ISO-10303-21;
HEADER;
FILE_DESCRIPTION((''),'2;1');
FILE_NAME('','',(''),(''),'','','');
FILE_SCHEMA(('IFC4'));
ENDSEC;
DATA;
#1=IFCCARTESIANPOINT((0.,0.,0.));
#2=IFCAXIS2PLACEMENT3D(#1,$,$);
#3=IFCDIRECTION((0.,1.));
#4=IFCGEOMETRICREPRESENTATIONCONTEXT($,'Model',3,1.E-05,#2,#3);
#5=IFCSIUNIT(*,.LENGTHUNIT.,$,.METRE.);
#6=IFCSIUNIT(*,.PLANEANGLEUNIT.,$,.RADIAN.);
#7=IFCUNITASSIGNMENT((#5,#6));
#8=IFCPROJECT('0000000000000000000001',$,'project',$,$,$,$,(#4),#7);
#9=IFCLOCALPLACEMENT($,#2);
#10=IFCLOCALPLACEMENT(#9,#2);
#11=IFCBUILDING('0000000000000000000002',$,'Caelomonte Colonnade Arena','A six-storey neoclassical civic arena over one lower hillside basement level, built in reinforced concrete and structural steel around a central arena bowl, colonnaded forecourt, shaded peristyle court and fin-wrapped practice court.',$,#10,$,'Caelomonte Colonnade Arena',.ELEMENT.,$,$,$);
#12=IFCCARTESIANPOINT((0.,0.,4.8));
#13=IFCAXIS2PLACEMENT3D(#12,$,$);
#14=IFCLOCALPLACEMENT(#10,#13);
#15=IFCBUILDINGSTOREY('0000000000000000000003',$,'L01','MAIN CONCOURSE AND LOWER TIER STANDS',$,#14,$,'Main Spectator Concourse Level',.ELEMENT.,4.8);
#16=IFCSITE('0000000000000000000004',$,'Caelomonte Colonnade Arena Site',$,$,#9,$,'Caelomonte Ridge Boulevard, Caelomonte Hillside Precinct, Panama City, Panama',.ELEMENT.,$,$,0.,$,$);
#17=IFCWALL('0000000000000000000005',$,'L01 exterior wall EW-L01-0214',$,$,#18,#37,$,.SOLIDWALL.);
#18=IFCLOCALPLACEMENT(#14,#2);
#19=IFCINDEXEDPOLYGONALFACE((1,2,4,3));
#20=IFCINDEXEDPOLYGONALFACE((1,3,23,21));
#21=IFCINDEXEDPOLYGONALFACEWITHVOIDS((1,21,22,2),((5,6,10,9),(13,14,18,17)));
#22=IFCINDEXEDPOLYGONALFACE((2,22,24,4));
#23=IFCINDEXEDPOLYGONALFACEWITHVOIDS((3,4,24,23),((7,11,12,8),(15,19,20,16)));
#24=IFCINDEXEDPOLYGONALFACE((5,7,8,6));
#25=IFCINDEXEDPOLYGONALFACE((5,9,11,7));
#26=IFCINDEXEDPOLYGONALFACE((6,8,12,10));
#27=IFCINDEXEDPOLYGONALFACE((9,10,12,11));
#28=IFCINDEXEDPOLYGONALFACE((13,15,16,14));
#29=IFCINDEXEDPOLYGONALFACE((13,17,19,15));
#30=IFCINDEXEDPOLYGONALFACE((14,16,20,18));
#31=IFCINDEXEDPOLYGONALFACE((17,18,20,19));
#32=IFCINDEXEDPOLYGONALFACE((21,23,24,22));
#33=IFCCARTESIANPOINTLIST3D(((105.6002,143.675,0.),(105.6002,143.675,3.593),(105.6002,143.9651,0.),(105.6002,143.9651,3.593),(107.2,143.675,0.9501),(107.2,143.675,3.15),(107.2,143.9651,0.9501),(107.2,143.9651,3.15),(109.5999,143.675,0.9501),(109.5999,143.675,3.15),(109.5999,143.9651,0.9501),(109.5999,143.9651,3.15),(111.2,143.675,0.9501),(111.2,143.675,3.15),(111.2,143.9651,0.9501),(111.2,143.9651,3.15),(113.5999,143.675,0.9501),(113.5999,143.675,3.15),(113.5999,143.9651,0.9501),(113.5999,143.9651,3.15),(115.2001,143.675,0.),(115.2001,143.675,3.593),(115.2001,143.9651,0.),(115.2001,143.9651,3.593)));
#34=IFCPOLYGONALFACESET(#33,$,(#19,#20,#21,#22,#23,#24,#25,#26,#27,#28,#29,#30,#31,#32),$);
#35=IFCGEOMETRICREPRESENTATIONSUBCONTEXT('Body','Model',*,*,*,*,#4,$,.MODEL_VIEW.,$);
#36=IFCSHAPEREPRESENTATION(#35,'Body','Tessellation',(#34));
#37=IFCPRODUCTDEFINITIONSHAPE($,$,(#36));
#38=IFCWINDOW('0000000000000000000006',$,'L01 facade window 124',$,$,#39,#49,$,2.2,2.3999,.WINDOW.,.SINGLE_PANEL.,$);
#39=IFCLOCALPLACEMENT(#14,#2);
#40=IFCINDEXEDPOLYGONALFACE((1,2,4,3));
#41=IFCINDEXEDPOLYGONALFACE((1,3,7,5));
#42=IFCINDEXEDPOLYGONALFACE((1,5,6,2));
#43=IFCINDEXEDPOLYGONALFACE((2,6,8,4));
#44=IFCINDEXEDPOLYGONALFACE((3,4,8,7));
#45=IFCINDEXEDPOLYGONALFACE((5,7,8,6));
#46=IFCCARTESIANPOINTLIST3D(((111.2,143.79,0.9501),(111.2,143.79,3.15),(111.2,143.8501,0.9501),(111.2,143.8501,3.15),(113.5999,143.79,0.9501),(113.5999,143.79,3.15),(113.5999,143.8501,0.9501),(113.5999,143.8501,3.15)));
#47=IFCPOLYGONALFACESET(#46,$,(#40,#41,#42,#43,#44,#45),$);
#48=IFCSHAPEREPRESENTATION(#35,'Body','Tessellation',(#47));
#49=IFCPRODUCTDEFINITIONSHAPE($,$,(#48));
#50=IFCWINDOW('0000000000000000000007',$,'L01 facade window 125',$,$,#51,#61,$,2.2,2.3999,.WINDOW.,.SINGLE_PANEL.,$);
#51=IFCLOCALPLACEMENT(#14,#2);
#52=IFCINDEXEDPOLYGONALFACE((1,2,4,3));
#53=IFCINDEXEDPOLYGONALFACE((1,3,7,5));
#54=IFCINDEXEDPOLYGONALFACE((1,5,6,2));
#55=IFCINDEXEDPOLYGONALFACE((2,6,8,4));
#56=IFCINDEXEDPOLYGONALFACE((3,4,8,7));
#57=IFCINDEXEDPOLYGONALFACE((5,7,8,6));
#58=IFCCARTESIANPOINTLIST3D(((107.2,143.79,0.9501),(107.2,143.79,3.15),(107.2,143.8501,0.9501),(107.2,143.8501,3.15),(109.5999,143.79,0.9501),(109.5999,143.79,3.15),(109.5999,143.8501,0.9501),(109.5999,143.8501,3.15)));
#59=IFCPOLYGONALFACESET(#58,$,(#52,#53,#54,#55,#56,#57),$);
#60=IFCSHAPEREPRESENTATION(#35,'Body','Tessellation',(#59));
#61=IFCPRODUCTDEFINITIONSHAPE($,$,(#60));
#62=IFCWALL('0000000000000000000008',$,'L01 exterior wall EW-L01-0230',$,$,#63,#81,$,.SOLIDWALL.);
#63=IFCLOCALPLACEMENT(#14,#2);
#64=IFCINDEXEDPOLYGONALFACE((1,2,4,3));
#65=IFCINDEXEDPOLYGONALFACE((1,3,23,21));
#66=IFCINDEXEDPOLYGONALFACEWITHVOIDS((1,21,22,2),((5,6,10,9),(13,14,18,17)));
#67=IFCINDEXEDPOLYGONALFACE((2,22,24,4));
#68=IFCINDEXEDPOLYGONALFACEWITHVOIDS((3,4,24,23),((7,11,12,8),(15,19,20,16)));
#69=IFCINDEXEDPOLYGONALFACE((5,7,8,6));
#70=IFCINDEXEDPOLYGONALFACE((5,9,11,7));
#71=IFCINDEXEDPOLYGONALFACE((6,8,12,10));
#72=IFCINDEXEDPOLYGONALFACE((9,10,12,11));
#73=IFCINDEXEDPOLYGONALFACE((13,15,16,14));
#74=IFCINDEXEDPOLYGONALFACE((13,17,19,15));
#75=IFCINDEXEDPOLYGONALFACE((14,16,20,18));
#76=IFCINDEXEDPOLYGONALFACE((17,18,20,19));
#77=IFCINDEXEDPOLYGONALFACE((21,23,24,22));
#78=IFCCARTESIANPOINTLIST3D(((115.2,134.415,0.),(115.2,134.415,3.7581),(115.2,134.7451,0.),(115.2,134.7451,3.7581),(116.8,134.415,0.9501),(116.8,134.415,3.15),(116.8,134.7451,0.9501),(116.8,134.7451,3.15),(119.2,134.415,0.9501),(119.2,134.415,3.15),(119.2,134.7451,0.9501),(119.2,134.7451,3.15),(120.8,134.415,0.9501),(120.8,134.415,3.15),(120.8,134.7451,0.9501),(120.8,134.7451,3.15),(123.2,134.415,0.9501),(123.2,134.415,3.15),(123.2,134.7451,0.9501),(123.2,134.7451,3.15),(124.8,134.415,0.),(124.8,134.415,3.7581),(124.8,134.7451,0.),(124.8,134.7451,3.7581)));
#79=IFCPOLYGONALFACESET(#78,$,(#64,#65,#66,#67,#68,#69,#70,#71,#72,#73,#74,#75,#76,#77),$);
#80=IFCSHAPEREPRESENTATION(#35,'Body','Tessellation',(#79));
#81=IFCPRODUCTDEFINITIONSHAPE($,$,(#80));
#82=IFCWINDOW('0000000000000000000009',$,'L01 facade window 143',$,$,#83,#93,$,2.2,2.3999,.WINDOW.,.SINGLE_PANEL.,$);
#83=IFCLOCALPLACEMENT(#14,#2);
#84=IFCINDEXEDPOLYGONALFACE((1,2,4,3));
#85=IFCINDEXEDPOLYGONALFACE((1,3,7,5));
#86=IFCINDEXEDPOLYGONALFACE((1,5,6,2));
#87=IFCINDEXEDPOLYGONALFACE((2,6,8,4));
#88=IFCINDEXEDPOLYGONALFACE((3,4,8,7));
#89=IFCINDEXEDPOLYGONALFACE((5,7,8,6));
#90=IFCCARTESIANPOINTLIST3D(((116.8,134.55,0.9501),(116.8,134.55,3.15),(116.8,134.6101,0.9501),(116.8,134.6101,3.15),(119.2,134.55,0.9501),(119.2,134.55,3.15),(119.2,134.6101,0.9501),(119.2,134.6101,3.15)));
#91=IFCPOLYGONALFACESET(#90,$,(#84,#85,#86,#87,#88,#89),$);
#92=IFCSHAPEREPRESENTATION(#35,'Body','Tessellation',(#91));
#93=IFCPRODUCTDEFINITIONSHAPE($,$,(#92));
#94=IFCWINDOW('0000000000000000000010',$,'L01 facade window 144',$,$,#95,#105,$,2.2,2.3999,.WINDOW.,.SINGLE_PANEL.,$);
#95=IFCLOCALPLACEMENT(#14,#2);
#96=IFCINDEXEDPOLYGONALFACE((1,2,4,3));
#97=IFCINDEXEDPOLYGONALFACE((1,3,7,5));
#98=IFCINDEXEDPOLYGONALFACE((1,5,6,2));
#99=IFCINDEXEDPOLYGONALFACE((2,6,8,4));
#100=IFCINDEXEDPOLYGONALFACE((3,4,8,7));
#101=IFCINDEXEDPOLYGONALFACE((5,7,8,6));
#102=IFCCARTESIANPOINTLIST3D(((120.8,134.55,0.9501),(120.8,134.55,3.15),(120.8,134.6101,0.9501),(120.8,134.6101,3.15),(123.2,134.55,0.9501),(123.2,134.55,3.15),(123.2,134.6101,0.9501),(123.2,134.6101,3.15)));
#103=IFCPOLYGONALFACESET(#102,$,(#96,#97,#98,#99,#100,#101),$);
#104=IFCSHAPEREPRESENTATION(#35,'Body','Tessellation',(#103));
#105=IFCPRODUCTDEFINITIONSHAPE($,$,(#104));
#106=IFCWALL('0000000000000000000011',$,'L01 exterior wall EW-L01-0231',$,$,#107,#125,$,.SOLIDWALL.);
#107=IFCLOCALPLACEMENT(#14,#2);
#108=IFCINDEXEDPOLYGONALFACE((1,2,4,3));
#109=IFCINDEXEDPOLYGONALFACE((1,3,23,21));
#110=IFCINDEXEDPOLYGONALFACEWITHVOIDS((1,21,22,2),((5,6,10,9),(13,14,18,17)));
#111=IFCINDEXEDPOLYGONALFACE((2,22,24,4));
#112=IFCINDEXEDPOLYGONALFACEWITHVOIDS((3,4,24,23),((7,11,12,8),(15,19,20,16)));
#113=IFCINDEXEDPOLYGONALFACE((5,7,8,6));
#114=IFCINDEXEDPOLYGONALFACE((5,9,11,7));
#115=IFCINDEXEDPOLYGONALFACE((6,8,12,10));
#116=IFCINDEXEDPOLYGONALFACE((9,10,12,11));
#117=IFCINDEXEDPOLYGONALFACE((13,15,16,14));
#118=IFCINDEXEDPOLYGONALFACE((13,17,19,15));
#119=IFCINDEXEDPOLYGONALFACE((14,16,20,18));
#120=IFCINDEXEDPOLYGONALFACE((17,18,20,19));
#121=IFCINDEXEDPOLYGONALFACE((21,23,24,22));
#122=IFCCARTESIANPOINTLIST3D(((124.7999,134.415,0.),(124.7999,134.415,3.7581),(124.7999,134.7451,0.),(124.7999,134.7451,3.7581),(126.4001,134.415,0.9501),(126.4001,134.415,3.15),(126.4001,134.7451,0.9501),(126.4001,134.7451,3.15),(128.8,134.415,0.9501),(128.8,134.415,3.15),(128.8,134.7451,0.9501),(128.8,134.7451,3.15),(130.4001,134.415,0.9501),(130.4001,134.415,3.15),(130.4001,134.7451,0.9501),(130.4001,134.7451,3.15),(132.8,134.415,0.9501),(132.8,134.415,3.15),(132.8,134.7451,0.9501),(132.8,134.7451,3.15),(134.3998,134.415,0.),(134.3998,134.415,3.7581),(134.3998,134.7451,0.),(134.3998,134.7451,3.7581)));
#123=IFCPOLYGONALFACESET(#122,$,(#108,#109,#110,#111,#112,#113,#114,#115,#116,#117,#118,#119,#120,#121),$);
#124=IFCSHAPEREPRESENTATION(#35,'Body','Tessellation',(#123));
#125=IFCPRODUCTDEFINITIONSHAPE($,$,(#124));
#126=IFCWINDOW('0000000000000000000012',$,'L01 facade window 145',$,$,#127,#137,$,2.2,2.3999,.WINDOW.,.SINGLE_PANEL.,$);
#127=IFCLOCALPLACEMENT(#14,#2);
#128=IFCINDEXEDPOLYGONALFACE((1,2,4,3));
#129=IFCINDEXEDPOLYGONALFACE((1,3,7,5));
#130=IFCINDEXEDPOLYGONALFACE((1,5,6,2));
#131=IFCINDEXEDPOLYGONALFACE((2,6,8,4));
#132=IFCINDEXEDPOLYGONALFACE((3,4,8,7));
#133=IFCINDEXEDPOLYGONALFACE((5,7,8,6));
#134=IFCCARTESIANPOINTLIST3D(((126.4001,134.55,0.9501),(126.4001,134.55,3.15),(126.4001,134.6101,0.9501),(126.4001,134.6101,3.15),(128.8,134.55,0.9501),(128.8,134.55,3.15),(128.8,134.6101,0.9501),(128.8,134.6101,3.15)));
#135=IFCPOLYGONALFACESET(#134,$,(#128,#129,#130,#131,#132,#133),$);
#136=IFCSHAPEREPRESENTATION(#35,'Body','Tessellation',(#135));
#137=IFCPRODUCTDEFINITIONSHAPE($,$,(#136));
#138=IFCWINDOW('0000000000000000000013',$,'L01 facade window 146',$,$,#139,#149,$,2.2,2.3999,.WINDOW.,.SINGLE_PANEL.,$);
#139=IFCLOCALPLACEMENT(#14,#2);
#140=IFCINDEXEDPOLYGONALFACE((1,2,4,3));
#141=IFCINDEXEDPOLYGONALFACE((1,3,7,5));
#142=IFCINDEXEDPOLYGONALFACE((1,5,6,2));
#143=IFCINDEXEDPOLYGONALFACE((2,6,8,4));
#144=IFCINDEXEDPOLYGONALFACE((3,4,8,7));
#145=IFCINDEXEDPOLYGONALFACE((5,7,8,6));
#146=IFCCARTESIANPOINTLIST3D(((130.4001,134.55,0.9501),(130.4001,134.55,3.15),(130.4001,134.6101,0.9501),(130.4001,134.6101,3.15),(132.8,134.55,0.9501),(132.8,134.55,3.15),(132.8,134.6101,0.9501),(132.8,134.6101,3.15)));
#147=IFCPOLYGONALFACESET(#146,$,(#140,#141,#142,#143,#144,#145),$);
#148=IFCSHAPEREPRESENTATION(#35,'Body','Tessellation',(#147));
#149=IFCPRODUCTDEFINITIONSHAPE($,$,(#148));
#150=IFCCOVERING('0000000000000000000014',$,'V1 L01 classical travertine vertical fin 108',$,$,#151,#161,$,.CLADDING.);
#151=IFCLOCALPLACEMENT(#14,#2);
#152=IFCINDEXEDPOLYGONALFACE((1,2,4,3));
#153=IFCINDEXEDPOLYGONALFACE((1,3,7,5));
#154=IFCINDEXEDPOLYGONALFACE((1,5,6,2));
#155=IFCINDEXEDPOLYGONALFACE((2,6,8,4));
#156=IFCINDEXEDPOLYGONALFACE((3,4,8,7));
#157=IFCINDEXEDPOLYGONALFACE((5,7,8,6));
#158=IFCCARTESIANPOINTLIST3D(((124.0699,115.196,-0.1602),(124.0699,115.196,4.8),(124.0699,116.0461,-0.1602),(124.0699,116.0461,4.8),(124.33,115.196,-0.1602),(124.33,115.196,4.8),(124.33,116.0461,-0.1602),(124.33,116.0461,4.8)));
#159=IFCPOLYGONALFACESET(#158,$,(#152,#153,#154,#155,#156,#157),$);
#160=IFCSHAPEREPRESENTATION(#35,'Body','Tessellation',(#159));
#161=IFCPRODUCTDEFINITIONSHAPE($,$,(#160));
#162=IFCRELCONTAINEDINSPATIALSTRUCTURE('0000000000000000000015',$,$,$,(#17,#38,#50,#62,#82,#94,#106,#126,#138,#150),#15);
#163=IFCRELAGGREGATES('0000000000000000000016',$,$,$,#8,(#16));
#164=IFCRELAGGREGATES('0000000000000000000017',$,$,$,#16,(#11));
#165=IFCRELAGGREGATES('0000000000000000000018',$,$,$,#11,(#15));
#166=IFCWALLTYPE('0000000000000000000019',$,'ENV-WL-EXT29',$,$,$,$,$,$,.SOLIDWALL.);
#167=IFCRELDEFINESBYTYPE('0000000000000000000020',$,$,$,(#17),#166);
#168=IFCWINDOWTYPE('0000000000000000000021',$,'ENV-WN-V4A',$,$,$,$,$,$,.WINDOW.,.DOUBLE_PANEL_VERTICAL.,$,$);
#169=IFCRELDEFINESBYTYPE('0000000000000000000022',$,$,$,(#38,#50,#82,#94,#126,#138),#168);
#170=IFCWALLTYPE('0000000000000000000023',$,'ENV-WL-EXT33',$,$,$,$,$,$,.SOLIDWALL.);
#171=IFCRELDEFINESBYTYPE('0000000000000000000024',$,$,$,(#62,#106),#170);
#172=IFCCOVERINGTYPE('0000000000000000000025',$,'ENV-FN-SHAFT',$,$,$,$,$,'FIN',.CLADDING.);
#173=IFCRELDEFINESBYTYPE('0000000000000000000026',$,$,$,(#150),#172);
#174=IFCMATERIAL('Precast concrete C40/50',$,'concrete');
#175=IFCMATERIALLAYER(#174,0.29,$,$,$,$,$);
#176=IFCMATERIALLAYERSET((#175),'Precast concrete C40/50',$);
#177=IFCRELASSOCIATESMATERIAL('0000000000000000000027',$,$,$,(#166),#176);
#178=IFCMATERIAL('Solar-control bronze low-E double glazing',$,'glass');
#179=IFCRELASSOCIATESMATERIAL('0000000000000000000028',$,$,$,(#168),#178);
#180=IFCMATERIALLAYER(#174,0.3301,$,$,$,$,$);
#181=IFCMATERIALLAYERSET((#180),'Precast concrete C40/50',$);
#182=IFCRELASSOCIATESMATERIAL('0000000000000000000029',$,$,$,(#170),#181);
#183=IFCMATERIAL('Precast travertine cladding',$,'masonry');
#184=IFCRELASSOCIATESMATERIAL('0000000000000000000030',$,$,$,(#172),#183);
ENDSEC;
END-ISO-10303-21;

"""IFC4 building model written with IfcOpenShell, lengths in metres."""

from ifc_helpers import new_model, si_unit, direction, frame, frame_2d, origin, origin_2d, place, context, subcontext, project, spatial, rectangle, extrude, material, layer, layer_set, material_profile, profile_set, type_object, element, fill, save


model = new_model("IFC4")

# Units and contexts
model_context = context("Model", 3, precision=1e-05, world=origin(), true_north=direction((0.0, 1.0)))
body_context = subcontext(model_context, "Body", "Model", "MODEL_VIEW")
ifc_project = project(units=[si_unit("LENGTHUNIT", "METRE"), si_unit("PLANEANGLEUNIT", "RADIAN")], contexts=[model_context])

# Site, building, storey
site_placement = place(None, origin())
site = spatial("IfcSite", under=ifc_project, at=site_placement, Name="Caelomonte Colonnade Arena Site", LongName="Caelomonte Ridge Boulevard, Caelomonte Hillside Precinct, Panama City, Panama", CompositionType="ELEMENT", RefElevation=0.0)
building_placement = place(site_placement, origin())
building = spatial("IfcBuilding", under=site, at=building_placement, Name="Caelomonte Colonnade Arena", Description="A six-storey neoclassical civic arena over one lower hillside basement level, built in reinforced concrete and structural steel around a central arena bowl, colonnaded forecourt, shaded peristyle court and fin-wrapped practice court.", LongName="Caelomonte Colonnade Arena", CompositionType="ELEMENT")
storey_placement = place(building_placement, frame((0.0, 0.0, 4.8)))
storey = spatial("IfcBuildingStorey", under=building, at=storey_placement, Name="L01", Description="MAIN CONCOURSE AND LOWER TIER STANDS", LongName="Main Spectator Concourse Level", CompositionType="ELEMENT", Elevation=4.8)

# Walls, openings, windows
ifc_material_1 = material(Name="Precast concrete C40/50", Category="concrete")
ifc_layer_1 = layer(ifc_material_1, 0.29)
ifc_layer_set_1 = layer_set([ifc_layer_1], Name="Precast concrete C40/50")
wall_type_1 = type_object("IfcWallType", Name="ENV-WL-EXT29", PredefinedType="SOLIDWALL", material=ifc_layer_set_1)
ifc_material_2 = material(Name="Solar-control bronze low-E double glazing", Category="glass")
window_type = type_object("IfcWindowType", Name="ENV-WN-V4A", PartitioningType="DOUBLE_PANEL_VERTICAL", PredefinedType="WINDOW", material=ifc_material_2)
wall_1_placement = place(storey_placement, frame((115.2, 143.8201, 0.0), z_axis=(0.0, 0.0, 1.0), x_axis=(-1.0, 0.0, 0.0)))
wall_1 = element("IfcWall", 1, at=wall_1_placement, inside=storey, type_object=wall_type_1, Name="L01 exterior wall EW-L01-0214", PredefinedType="SOLIDWALL", context=body_context, shape_type="SweptSolid", body=[
    extrude(rectangle(XDim=9.5999, YDim=0.29, at=frame_2d((4.7998, 0.0))), origin(), (0.0, 0.0, 1.0), 3.593),
])
opening_1_placement = place(wall_1_placement, frame((4.0, 0.0, 0.95), z_axis=(0.0, 0.0, 1.0), x_axis=(-1.0, 0.0, 0.0)))
opening_1 = element("IfcOpeningElement", 2, at=opening_1_placement, cuts=wall_1, PredefinedType="OPENING", context=body_context, shape_type="SweptSolid", body=[
    extrude(rectangle(XDim=2.3999, YDim=2.2, at=frame_2d((1.2, 1.1001))), frame((0.0, 0.155, 0.0), z_axis=(0.0, -1.0, 0.0), x_axis=(1.0, 0.0, 0.0)), (0.0, 0.0, 1.0), 0.3101),
])
opening_2_placement = place(wall_1_placement, frame((8.0, 0.0, 0.95), z_axis=(0.0, 0.0, 1.0), x_axis=(-1.0, 0.0, 0.0)))
opening_2 = element("IfcOpeningElement", 3, at=opening_2_placement, cuts=wall_1, PredefinedType="OPENING", context=body_context, shape_type="SweptSolid", body=[
    extrude(rectangle(XDim=2.3999, YDim=2.2, at=frame_2d((1.2, 1.1001))), frame((0.0, 0.155, 0.0), z_axis=(0.0, -1.0, 0.0), x_axis=(1.0, 0.0, 0.0)), (0.0, 0.0, 1.0), 0.3101),
])
window_1_placement = place(opening_1_placement, origin())
window_1 = element("IfcWindow", 4, at=window_1_placement, inside=storey, type_object=window_type, Name="L01 facade window 124", OverallHeight=2.2, OverallWidth=2.3999, PartitioningType="SINGLE_PANEL", PredefinedType="WINDOW", context=body_context, shape_type="SweptSolid", body=[
    extrude(rectangle(XDim=2.3999, YDim=2.2, at=frame_2d((1.2, 1.1001))), frame((0.0, 0.03, 0.0), z_axis=(0.0, -1.0, 0.0), x_axis=(1.0, 0.0, 0.0)), (0.0, 0.0, 1.0), 0.0601),
])
fill(opening_1, window_1)
window_2_placement = place(opening_2_placement, origin())
window_2 = element("IfcWindow", 5, at=window_2_placement, inside=storey, type_object=window_type, Name="L01 facade window 125", OverallHeight=2.2, OverallWidth=2.3999, PartitioningType="SINGLE_PANEL", PredefinedType="WINDOW", context=body_context, shape_type="SweptSolid", body=[
    extrude(rectangle(XDim=2.3999, YDim=2.2, at=frame_2d((1.2, 1.1001))), frame((0.0, 0.03, 0.0), z_axis=(0.0, -1.0, 0.0), x_axis=(1.0, 0.0, 0.0)), (0.0, 0.0, 1.0), 0.0601),
])
fill(opening_2, window_2)
ifc_layer_2 = layer(ifc_material_1, 0.3301)
ifc_layer_set_2 = layer_set([ifc_layer_2], Name="Precast concrete C40/50")
wall_type_2 = type_object("IfcWallType", Name="ENV-WL-EXT33", PredefinedType="SOLIDWALL", material=ifc_layer_set_2)
wall_2_placement = place(storey_placement, frame((115.2, 134.5801, 0.0), z_axis=(0.0, 0.0, 1.0), x_axis=(1.0, 0.0, 0.0)))
wall_2 = element("IfcWall", 6, at=wall_2_placement, inside=storey, type_object=wall_type_2, Name="L01 exterior wall EW-L01-0230", PredefinedType="SOLIDWALL", context=body_context, shape_type="SweptSolid", body=[
    extrude(rectangle(XDim=9.6001, YDim=0.3301, at=frame_2d((4.8, 0.0))), origin(), (0.0, 0.0, 1.0), 3.7581),
])
opening_3_placement = place(wall_2_placement, frame((4.0, 0.0, 0.95), z_axis=(0.0, 0.0, 1.0), x_axis=(-1.0, 0.0, 0.0)))
opening_3 = element("IfcOpeningElement", 7, at=opening_3_placement, cuts=wall_2, PredefinedType="OPENING", context=body_context, shape_type="SweptSolid", body=[
    extrude(rectangle(XDim=2.3999, YDim=2.2, at=frame_2d((1.2, 1.1001))), frame((0.0, 0.175, 0.0), z_axis=(0.0, -1.0, 0.0), x_axis=(1.0, 0.0, 0.0)), (0.0, 0.0, 1.0), 0.3501),
])
opening_4_placement = place(wall_2_placement, frame((8.0, 0.0, 0.95), z_axis=(0.0, 0.0, 1.0), x_axis=(-1.0, 0.0, 0.0)))
opening_4 = element("IfcOpeningElement", 8, at=opening_4_placement, cuts=wall_2, PredefinedType="OPENING", context=body_context, shape_type="SweptSolid", body=[
    extrude(rectangle(XDim=2.3999, YDim=2.2, at=frame_2d((1.2, 1.1001))), frame((0.0, 0.175, 0.0), z_axis=(0.0, -1.0, 0.0), x_axis=(1.0, 0.0, 0.0)), (0.0, 0.0, 1.0), 0.3501),
])
window_3_placement = place(opening_3_placement, origin())
window_3 = element("IfcWindow", 9, at=window_3_placement, inside=storey, type_object=window_type, Name="L01 facade window 143", OverallHeight=2.2, OverallWidth=2.3999, PartitioningType="SINGLE_PANEL", PredefinedType="WINDOW", context=body_context, shape_type="SweptSolid", body=[
    extrude(rectangle(XDim=2.3999, YDim=2.2, at=frame_2d((1.2, 1.1001))), frame((0.0, 0.03, 0.0), z_axis=(0.0, -1.0, 0.0), x_axis=(1.0, 0.0, 0.0)), (0.0, 0.0, 1.0), 0.0601),
])
fill(opening_3, window_3)
window_4_placement = place(opening_4_placement, origin())
window_4 = element("IfcWindow", 10, at=window_4_placement, inside=storey, type_object=window_type, Name="L01 facade window 144", OverallHeight=2.2, OverallWidth=2.3999, PartitioningType="SINGLE_PANEL", PredefinedType="WINDOW", context=body_context, shape_type="SweptSolid", body=[
    extrude(rectangle(XDim=2.3999, YDim=2.2, at=frame_2d((1.2, 1.1001))), frame((0.0, 0.03, 0.0), z_axis=(0.0, -1.0, 0.0), x_axis=(1.0, 0.0, 0.0)), (0.0, 0.0, 1.0), 0.0601),
])
fill(opening_4, window_4)
wall_3_placement = place(storey_placement, frame((124.8, 134.5801, 0.0), z_axis=(0.0, 0.0, 1.0), x_axis=(1.0, 0.0, 0.0)))
wall_3 = element("IfcWall", 11, at=wall_3_placement, inside=storey, type_object=wall_type_2, Name="L01 exterior wall EW-L01-0231", PredefinedType="SOLIDWALL", context=body_context, shape_type="SweptSolid", body=[
    extrude(rectangle(XDim=9.5999, YDim=0.3301, at=frame_2d((4.7998, 0.0))), origin(), (0.0, 0.0, 1.0), 3.7581),
])
opening_5_placement = place(wall_3_placement, frame((4.0, 0.0, 0.95), z_axis=(0.0, 0.0, 1.0), x_axis=(-1.0, 0.0, 0.0)))
opening_5 = element("IfcOpeningElement", 12, at=opening_5_placement, cuts=wall_3, PredefinedType="OPENING", context=body_context, shape_type="SweptSolid", body=[
    extrude(rectangle(XDim=2.3999, YDim=2.2, at=frame_2d((1.2, 1.1001))), frame((0.0, 0.175, 0.0), z_axis=(0.0, -1.0, 0.0), x_axis=(1.0, 0.0, 0.0)), (0.0, 0.0, 1.0), 0.3501),
])
opening_6_placement = place(wall_3_placement, frame((8.0, 0.0, 0.95), z_axis=(0.0, 0.0, 1.0), x_axis=(-1.0, 0.0, 0.0)))
opening_6 = element("IfcOpeningElement", 13, at=opening_6_placement, cuts=wall_3, PredefinedType="OPENING", context=body_context, shape_type="SweptSolid", body=[
    extrude(rectangle(XDim=2.3999, YDim=2.2, at=frame_2d((1.2, 1.1001))), frame((0.0, 0.175, 0.0), z_axis=(0.0, -1.0, 0.0), x_axis=(1.0, 0.0, 0.0)), (0.0, 0.0, 1.0), 0.3501),
])
window_5_placement = place(opening_5_placement, origin())
window_5 = element("IfcWindow", 14, at=window_5_placement, inside=storey, type_object=window_type, Name="L01 facade window 145", OverallHeight=2.2, OverallWidth=2.3999, PartitioningType="SINGLE_PANEL", PredefinedType="WINDOW", context=body_context, shape_type="SweptSolid", body=[
    extrude(rectangle(XDim=2.3999, YDim=2.2, at=frame_2d((1.2, 1.1001))), frame((0.0, 0.03, 0.0), z_axis=(0.0, -1.0, 0.0), x_axis=(1.0, 0.0, 0.0)), (0.0, 0.0, 1.0), 0.0601),
])
fill(opening_5, window_5)
window_6_placement = place(opening_6_placement, origin())
window_6 = element("IfcWindow", 15, at=window_6_placement, inside=storey, type_object=window_type, Name="L01 facade window 146", OverallHeight=2.2, OverallWidth=2.3999, PartitioningType="SINGLE_PANEL", PredefinedType="WINDOW", context=body_context, shape_type="SweptSolid", body=[
    extrude(rectangle(XDim=2.3999, YDim=2.2, at=frame_2d((1.2, 1.1001))), frame((0.0, 0.03, 0.0), z_axis=(0.0, -1.0, 0.0), x_axis=(1.0, 0.0, 0.0)), (0.0, 0.0, 1.0), 0.0601),
])
fill(opening_6, window_6)

# Covering
ifc_material_3 = material(Name="Precast travertine cladding", Category="masonry")
ifc_material_profile_1 = material_profile(ifc_material_3, rectangle(XDim=0.26, YDim=0.8501, at=origin_2d()), Name="FIN260X850")
ifc_profile_set_1 = profile_set([ifc_material_profile_1], Name="Precast travertine cladding")
covering_type = type_object("IfcCoveringType", Name="ENV-FN-SHAFT", ElementType="FIN", PredefinedType="CLADDING", material=ifc_profile_set_1)
for number, where, z_axis, x_axis, name in (
    (16, (124.2, 115.6211, -0.1602), (0.0, 0.0, 1.0), (1.0, 0.0, 0.0), "V1 L01 classical travertine vertical fin 108"),
):
    element("IfcCovering", number, at=place(storey_placement, frame(where, z_axis=z_axis, x_axis=x_axis)), inside=storey, type_object=covering_type, Name=name, PredefinedType="CLADDING", context=body_context, shape_type="SweptSolid", body=[
        extrude(rectangle(XDim=0.26, YDim=0.8501, at=origin_2d()), origin(), (0.0, 0.0, 1.0), 4.9602),
    ])

save(model, "model.ifc")
